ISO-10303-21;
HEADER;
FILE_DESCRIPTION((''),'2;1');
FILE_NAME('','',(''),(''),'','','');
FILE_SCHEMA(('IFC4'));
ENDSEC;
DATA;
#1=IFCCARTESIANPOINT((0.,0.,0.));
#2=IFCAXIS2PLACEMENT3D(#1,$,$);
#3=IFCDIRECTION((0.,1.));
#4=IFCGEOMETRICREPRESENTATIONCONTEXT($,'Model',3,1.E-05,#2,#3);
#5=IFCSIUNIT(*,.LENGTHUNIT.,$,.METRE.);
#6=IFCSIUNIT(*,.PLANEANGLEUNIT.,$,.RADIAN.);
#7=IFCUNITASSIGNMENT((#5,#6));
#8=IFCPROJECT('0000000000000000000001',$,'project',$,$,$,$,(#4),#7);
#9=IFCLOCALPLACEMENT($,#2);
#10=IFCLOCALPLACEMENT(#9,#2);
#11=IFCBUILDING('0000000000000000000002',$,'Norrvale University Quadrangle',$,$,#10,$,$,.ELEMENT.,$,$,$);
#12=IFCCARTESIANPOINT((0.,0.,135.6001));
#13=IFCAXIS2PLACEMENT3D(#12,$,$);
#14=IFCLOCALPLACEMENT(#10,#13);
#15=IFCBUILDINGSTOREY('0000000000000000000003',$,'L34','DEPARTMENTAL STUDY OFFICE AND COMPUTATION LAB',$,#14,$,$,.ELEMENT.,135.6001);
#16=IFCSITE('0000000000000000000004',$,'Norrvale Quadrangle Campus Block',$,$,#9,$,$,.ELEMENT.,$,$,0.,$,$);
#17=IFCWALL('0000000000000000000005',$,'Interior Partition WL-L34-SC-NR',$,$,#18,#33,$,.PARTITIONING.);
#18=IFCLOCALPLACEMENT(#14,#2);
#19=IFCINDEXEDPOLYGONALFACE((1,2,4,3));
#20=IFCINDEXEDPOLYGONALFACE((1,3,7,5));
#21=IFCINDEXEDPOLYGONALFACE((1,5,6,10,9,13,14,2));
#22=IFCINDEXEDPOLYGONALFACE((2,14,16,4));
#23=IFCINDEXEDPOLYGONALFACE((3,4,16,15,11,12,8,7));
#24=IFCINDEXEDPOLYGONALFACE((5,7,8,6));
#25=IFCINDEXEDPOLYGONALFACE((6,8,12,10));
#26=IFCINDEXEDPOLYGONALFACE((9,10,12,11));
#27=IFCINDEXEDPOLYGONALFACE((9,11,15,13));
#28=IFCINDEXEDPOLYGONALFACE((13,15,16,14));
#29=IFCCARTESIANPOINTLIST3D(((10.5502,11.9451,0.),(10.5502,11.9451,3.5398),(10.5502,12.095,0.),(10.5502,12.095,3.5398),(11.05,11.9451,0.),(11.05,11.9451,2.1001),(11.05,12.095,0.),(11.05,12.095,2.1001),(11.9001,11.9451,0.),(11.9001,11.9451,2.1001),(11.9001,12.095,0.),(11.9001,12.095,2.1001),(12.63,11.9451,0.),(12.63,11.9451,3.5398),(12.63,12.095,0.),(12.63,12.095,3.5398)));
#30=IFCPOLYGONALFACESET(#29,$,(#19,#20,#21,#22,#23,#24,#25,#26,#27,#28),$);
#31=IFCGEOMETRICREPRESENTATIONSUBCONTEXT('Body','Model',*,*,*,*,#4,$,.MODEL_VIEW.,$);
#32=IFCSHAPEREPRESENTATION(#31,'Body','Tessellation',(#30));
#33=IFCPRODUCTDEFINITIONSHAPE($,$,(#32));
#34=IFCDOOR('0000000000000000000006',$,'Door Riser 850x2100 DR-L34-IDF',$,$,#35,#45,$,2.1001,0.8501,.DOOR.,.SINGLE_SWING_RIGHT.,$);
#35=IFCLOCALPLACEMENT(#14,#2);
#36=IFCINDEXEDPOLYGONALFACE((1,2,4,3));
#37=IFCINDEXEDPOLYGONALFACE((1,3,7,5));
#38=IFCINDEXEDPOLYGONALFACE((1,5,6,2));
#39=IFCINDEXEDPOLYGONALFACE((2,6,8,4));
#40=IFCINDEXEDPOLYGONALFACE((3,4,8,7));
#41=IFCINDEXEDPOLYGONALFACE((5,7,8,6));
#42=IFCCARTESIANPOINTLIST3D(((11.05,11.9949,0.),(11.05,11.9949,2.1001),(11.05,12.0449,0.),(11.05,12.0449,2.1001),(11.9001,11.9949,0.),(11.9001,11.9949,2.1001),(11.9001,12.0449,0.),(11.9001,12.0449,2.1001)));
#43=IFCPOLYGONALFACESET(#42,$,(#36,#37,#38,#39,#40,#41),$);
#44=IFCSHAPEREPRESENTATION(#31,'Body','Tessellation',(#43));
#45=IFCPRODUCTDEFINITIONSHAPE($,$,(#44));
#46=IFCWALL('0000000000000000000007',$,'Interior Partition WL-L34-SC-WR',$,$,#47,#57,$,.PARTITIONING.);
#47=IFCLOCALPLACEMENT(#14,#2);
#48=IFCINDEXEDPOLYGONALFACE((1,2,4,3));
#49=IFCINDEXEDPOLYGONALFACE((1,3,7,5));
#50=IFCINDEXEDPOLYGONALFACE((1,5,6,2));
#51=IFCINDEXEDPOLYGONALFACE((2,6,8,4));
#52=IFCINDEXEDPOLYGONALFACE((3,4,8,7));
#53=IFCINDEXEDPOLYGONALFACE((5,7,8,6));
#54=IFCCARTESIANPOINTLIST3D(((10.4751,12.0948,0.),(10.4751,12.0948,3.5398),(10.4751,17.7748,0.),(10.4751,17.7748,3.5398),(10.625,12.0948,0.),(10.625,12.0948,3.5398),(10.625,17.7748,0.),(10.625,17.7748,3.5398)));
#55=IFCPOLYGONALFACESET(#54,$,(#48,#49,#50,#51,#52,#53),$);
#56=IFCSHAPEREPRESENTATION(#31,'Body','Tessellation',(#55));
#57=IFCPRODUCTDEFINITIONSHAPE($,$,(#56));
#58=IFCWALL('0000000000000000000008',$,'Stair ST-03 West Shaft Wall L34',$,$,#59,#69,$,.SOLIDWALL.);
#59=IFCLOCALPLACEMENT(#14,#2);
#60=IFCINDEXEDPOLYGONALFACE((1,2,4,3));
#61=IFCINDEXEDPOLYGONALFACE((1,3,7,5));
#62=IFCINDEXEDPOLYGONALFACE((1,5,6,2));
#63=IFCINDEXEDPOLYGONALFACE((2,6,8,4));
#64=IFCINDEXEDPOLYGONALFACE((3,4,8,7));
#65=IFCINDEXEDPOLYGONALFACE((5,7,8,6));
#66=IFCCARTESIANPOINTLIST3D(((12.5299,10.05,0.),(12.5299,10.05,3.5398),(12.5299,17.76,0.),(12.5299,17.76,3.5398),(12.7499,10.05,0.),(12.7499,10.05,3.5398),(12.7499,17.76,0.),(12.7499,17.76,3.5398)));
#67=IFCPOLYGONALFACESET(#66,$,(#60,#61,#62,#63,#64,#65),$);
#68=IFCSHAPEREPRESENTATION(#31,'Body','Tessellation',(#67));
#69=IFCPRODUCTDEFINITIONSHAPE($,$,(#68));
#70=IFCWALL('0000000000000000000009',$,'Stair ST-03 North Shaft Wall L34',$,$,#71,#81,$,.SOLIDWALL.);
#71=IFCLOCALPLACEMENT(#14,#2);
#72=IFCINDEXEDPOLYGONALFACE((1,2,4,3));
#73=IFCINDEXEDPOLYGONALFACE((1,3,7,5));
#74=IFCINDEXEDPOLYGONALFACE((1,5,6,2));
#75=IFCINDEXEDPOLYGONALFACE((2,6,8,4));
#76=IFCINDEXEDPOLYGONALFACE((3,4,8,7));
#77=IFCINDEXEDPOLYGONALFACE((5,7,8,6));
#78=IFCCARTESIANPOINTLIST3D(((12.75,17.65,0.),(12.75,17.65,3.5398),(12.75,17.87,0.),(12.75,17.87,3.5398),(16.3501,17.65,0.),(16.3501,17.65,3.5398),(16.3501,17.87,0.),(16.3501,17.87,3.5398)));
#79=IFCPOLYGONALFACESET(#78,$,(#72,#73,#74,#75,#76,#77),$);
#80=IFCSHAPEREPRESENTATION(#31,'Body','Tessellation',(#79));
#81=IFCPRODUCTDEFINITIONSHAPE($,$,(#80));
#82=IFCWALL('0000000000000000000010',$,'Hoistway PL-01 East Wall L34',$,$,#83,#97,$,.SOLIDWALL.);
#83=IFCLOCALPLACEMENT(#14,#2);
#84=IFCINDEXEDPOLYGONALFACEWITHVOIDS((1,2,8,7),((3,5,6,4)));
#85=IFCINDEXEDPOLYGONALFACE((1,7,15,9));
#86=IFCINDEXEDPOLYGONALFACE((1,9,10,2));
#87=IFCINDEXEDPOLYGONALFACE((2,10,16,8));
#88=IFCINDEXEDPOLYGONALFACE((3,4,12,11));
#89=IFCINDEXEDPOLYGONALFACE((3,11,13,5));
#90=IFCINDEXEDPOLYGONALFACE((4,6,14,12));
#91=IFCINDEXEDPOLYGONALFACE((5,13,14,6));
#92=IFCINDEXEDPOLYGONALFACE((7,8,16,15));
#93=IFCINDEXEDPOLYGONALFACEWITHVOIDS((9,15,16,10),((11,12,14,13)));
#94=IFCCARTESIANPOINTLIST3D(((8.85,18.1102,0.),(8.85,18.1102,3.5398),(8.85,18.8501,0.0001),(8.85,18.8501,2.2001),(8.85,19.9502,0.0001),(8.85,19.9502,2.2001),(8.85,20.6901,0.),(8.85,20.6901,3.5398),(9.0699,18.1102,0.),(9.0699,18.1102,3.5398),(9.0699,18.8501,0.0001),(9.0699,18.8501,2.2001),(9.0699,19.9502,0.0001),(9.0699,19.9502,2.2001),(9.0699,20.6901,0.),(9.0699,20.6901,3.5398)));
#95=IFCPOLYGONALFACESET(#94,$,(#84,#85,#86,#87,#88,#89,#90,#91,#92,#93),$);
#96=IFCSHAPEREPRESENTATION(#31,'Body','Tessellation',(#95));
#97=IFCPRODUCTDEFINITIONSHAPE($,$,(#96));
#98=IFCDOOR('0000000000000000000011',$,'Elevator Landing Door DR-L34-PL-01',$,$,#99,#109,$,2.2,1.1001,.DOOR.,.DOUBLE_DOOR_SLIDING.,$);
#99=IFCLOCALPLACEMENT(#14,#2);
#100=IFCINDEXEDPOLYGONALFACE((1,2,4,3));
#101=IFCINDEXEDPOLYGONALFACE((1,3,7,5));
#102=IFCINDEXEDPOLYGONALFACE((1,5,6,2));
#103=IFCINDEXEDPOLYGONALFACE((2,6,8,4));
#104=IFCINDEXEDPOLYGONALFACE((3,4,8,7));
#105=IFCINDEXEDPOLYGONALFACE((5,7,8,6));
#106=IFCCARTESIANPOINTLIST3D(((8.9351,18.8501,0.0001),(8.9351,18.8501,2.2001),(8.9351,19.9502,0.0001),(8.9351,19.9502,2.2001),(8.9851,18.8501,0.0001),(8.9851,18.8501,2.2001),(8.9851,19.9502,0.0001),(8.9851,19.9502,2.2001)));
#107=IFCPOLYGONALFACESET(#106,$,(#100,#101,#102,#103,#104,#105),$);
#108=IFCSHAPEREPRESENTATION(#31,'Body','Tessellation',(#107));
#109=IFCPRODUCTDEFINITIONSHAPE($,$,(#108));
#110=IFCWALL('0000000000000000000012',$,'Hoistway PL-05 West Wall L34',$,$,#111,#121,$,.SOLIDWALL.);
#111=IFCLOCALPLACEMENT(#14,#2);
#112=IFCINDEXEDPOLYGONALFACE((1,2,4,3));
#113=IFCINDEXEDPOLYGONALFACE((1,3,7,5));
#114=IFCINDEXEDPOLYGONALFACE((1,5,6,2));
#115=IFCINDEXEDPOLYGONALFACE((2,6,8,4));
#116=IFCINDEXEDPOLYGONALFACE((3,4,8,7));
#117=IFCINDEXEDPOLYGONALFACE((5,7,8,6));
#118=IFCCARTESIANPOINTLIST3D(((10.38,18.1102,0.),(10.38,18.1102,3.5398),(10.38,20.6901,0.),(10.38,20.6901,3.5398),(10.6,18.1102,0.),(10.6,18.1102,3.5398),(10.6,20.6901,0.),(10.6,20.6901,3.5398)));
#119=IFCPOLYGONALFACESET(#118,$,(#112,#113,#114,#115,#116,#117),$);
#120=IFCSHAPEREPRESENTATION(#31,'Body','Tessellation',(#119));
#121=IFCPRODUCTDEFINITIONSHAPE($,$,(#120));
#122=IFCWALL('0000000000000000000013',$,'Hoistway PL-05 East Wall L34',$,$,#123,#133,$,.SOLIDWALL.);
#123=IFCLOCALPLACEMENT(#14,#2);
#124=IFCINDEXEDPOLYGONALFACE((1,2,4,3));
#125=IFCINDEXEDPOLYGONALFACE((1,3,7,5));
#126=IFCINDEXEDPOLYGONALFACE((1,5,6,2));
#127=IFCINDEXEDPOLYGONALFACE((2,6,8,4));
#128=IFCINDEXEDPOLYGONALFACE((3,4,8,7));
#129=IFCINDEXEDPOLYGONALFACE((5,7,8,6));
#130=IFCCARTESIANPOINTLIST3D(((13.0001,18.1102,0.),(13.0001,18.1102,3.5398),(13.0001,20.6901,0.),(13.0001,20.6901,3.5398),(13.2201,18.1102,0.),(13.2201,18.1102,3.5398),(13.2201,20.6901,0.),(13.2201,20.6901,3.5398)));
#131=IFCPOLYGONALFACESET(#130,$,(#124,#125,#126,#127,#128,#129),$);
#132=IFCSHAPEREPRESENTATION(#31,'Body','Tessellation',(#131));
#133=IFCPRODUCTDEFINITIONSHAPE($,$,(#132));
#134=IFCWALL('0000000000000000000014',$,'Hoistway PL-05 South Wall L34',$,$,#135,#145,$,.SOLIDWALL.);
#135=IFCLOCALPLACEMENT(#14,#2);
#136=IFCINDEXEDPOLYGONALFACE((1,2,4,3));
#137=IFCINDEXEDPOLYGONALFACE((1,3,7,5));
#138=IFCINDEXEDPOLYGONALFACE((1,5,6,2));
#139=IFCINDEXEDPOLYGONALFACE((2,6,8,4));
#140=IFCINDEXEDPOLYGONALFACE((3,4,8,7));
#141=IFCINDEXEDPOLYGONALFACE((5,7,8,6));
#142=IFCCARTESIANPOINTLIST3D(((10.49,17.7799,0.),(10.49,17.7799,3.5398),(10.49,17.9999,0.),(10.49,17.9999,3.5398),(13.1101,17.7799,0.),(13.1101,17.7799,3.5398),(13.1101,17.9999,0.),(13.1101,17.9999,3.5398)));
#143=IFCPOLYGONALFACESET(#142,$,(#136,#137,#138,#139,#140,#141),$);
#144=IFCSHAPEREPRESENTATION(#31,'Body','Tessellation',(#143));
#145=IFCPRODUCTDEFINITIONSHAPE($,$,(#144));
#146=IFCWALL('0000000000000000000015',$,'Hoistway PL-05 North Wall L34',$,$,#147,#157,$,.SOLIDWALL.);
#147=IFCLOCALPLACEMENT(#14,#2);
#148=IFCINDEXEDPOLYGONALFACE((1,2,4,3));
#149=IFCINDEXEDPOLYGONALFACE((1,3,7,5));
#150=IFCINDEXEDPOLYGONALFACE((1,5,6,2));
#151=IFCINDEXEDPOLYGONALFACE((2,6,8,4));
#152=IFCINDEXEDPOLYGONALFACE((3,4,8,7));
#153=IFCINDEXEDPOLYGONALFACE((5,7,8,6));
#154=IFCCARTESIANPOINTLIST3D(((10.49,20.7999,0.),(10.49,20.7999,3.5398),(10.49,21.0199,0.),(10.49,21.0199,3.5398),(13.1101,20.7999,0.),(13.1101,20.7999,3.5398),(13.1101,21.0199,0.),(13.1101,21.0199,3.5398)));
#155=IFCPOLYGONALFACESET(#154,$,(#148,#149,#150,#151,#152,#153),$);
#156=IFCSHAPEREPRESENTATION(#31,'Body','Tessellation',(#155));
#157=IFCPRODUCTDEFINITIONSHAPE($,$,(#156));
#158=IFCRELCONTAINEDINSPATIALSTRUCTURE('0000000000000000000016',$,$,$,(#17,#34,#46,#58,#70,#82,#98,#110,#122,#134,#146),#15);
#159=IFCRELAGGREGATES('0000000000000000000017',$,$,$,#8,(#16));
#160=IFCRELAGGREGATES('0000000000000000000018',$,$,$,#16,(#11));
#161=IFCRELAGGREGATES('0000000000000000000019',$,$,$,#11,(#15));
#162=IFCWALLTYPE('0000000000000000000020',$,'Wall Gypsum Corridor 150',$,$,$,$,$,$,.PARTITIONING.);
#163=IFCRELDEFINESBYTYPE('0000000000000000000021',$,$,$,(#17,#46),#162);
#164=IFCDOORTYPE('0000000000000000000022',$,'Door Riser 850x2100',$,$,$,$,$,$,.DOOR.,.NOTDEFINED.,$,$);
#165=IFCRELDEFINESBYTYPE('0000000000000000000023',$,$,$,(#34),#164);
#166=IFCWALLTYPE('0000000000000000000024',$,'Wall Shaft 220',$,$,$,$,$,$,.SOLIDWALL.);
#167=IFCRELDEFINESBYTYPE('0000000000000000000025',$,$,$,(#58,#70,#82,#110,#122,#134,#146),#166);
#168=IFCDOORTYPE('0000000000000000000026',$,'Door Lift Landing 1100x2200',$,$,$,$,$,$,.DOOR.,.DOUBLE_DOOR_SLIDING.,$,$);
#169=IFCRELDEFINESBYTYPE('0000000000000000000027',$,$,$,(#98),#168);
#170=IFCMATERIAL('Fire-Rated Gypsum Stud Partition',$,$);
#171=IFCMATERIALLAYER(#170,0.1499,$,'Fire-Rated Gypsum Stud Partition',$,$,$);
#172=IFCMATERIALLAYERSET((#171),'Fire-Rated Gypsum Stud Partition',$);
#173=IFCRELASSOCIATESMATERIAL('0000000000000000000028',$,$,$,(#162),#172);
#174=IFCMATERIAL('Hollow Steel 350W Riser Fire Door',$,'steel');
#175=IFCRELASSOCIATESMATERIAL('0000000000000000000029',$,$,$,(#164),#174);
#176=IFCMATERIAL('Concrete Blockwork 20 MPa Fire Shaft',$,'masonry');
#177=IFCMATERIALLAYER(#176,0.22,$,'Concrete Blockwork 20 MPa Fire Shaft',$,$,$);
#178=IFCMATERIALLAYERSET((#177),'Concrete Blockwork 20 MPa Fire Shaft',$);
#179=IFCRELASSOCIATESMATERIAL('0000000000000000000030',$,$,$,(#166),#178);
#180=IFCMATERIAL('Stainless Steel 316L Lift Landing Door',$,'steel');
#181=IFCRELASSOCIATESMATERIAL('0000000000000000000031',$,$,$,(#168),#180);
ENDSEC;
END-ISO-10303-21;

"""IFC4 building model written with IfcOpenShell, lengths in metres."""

from ifc_helpers import new_model, si_unit, direction, frame, frame_2d, origin, place, context, subcontext, project, spatial, rectangle, extrude, material, layer, layer_set, type_object, element, fill, save


model = new_model("IFC4")

# Units and contexts
model_context = context("Model", 3, precision=1e-05, world=origin(), true_north=direction((0.0, 1.0)))
body_context = subcontext(model_context, "Body", "Model", "MODEL_VIEW")
ifc_project = project(units=[si_unit("LENGTHUNIT", "METRE"), si_unit("PLANEANGLEUNIT", "RADIAN")], contexts=[model_context])

# Site, building, storey
site_placement = place(None, origin())
site = spatial("IfcSite", under=ifc_project, at=site_placement, Name="Norrvale Quadrangle Campus Block", CompositionType="ELEMENT", RefElevation=0.0)
building_placement = place(site_placement, origin())
building = spatial("IfcBuilding", under=site, at=building_placement, Name="Norrvale University Quadrangle", CompositionType="ELEMENT")
storey_placement = place(building_placement, frame((0.0, 0.0, 135.6001)))
storey = spatial("IfcBuildingStorey", under=building, at=storey_placement, Name="L34", Description="DEPARTMENTAL STUDY OFFICE AND COMPUTATION LAB", CompositionType="ELEMENT", Elevation=135.6001)

# Wall, opening, door
ifc_material_1 = material(Name="Fire-Rated Gypsum Stud Partition")
ifc_layer_1 = layer(ifc_material_1, 0.1499, Name="Fire-Rated Gypsum Stud Partition")
ifc_layer_set_1 = layer_set([ifc_layer_1], Name="Fire-Rated Gypsum Stud Partition")
wall_type_1 = type_object("IfcWallType", Name="Wall Gypsum Corridor 150", PredefinedType="PARTITIONING", material=ifc_layer_set_1)
wall_1_placement = place(storey_placement, frame((10.55, 12.02, 0.0), z_axis=(0.0, 0.0, 1.0), x_axis=(1.0, 0.0, 0.0)))
wall_1 = element("IfcWall", 1, at=wall_1_placement, inside=storey, type_object=wall_type_1, Name="Interior Partition WL-L34-SC-NR", PredefinedType="PARTITIONING", context=body_context, shape_type="SweptSolid", body=[
    extrude(rectangle(XDim=2.0798, YDim=0.1499, at=frame_2d((1.04, 0.0))), origin(), (0.0, 0.0, 1.0), 3.5398),
])
opening_1_placement = place(wall_1_placement, frame((0.5, 0.0, 0.0)))
opening_1 = element("IfcOpeningElement", 2, at=opening_1_placement, cuts=wall_1, PredefinedType="OPENING", context=body_context, shape_type="SweptSolid", body=[
    extrude(rectangle(XDim=0.8501, YDim=2.1001, at=frame_2d((0.425, 1.05))), frame((0.0, 0.0869, 0.0), z_axis=(0.0, -1.0, 0.0), x_axis=(1.0, 0.0, 0.0)), (0.0, 0.0, 1.0), 0.1738),
])
ifc_material_2 = material(Name="Hollow Steel 350W Riser Fire Door", Category="steel")
door_type_1 = type_object("IfcDoorType", Name="Door Riser 850x2100", OperationType="NOTDEFINED", PredefinedType="DOOR", material=ifc_material_2)
door_1_placement = place(opening_1_placement, origin())
door_1 = element("IfcDoor", 3, at=door_1_placement, inside=storey, type_object=door_type_1, Name="Door Riser 850x2100 DR-L34-IDF", OperationType="SINGLE_SWING_RIGHT", OverallHeight=2.1001, OverallWidth=0.8501, PredefinedType="DOOR", context=body_context, shape_type="SweptSolid", body=[
    extrude(rectangle(XDim=0.8501, YDim=2.1001, at=frame_2d((0.425, 1.05))), frame((0.0, 0.0249, 0.0), z_axis=(0.0, -1.0, 0.0), x_axis=(1.0, 0.0, 0.0)), (0.0, 0.0, 1.0), 0.05),
])
fill(opening_1, door_1)

# Walls
wall_2_placement = place(storey_placement, frame((10.55, 12.095, 0.0), z_axis=(0.0, 0.0, 1.0), x_axis=(0.0, 1.0, 0.0)))
element("IfcWall", 4, at=wall_2_placement, inside=storey, type_object=wall_type_1, Name="Interior Partition WL-L34-SC-WR", PredefinedType="PARTITIONING", context=body_context, shape_type="SweptSolid", body=[
    extrude(rectangle(XDim=5.6799, YDim=0.1499, at=frame_2d((2.8398, 0.0))), origin(), (0.0, 0.0, 1.0), 3.5398),
])
ifc_material_3 = material(Name="Concrete Blockwork 20 MPa Fire Shaft", Category="masonry")
ifc_layer_2 = layer(ifc_material_3, 0.22, Name="Concrete Blockwork 20 MPa Fire Shaft")
ifc_layer_set_2 = layer_set([ifc_layer_2], Name="Concrete Blockwork 20 MPa Fire Shaft")
wall_type_2 = type_object("IfcWallType", Name="Wall Shaft 220", PredefinedType="SOLIDWALL", material=ifc_layer_set_2)
wall_3_placement = place(storey_placement, frame((12.6399, 10.05, 0.0), z_axis=(0.0, 0.0, 1.0), x_axis=(0.0, 1.0, 0.0)))
element("IfcWall", 5, at=wall_3_placement, inside=storey, type_object=wall_type_2, Name="Stair ST-03 West Shaft Wall L34", PredefinedType="SOLIDWALL", context=body_context, shape_type="SweptSolid", body=[
    extrude(rectangle(XDim=7.71, YDim=0.22, at=frame_2d((3.855, 0.0))), origin(), (0.0, 0.0, 1.0), 3.5398),
])
wall_4_placement = place(storey_placement, frame((12.75, 17.76, 0.0), z_axis=(0.0, 0.0, 1.0), x_axis=(1.0, 0.0, 0.0)))
element("IfcWall", 6, at=wall_4_placement, inside=storey, type_object=wall_type_2, Name="Stair ST-03 North Shaft Wall L34", PredefinedType="SOLIDWALL", context=body_context, shape_type="SweptSolid", body=[
    extrude(rectangle(XDim=3.6001, YDim=0.22, at=frame_2d((1.8, 0.0))), origin(), (0.0, 0.0, 1.0), 3.5398),
])

# Wall, opening, door
wall_5_placement = place(storey_placement, frame((8.96, 18.1101, 0.0), z_axis=(0.0, 0.0, 1.0), x_axis=(0.0, 1.0, 0.0)))
wall_5 = element("IfcWall", 7, at=wall_5_placement, inside=storey, type_object=wall_type_2, Name="Hoistway PL-01 East Wall L34", PredefinedType="SOLIDWALL", context=body_context, shape_type="SweptSolid", body=[
    extrude(rectangle(XDim=2.5798, YDim=0.22, at=frame_2d((1.29, 0.0))), origin(), (0.0, 0.0, 1.0), 3.5398),
])
opening_2_placement = place(wall_5_placement, frame((0.74, 0.0, 0.0)))
opening_2 = element("IfcOpeningElement", 8, at=opening_2_placement, cuts=wall_5, PredefinedType="OPENING", context=body_context, shape_type="SweptSolid", body=[
    extrude(rectangle(XDim=1.1001, YDim=2.2, at=frame_2d((0.55, 1.1001))), frame((0.0, 0.1221, 0.0), z_axis=(0.0, -1.0, 0.0), x_axis=(1.0, 0.0, 0.0)), (0.0, 0.0, 1.0), 0.2439),
])
ifc_material_4 = material(Name="Stainless Steel 316L Lift Landing Door", Category="steel")
door_type_2 = type_object("IfcDoorType", Name="Door Lift Landing 1100x2200", OperationType="DOUBLE_DOOR_SLIDING", PredefinedType="DOOR", material=ifc_material_4)
door_2_placement = place(opening_2_placement, origin())
door_2 = element("IfcDoor", 9, at=door_2_placement, inside=storey, type_object=door_type_2, Name="Elevator Landing Door DR-L34-PL-01", OperationType="DOUBLE_DOOR_SLIDING", OverallHeight=2.2, OverallWidth=1.1001, PredefinedType="DOOR", context=body_context, shape_type="SweptSolid", body=[
    extrude(rectangle(XDim=1.1001, YDim=2.2, at=frame_2d((0.55, 1.1001))), frame((0.0, 0.0249, 0.0), z_axis=(0.0, -1.0, 0.0), x_axis=(1.0, 0.0, 0.0)), (0.0, 0.0, 1.0), 0.05),
])
fill(opening_2, door_2)

# Walls
for number, where, z_axis, x_axis, name in (
    (10, (10.49, 18.1101, 0.0), (0.0, 0.0, 1.0), (0.0, 1.0, 0.0), "Hoistway PL-05 West Wall L34"),
    (11, (13.1101, 18.1101, 0.0), (0.0, 0.0, 1.0), (0.0, 1.0, 0.0), "Hoistway PL-05 East Wall L34"),
):
    element("IfcWall", number, at=place(storey_placement, frame(where, z_axis=z_axis, x_axis=x_axis)), inside=storey, type_object=wall_type_2, Name=name, PredefinedType="SOLIDWALL", context=body_context, shape_type="SweptSolid", body=[
        extrude(rectangle(XDim=2.5798, YDim=0.22, at=frame_2d((1.29, 0.0))), origin(), (0.0, 0.0, 1.0), 3.5398),
    ])
for number, where, z_axis, x_axis, name in (
    (12, (10.49, 17.8899, 0.0), (0.0, 0.0, 1.0), (1.0, 0.0, 0.0), "Hoistway PL-05 South Wall L34"),
    (13, (10.49, 20.9099, 0.0), (0.0, 0.0, 1.0), (1.0, 0.0, 0.0), "Hoistway PL-05 North Wall L34"),
):
    element("IfcWall", number, at=place(storey_placement, frame(where, z_axis=z_axis, x_axis=x_axis)), inside=storey, type_object=wall_type_2, Name=name, PredefinedType="SOLIDWALL", context=body_context, shape_type="SweptSolid", body=[
        extrude(rectangle(XDim=2.6201, YDim=0.22, at=frame_2d((1.3101, 0.0))), origin(), (0.0, 0.0, 1.0), 3.5398),
    ])

save(model, "model.ifc")
